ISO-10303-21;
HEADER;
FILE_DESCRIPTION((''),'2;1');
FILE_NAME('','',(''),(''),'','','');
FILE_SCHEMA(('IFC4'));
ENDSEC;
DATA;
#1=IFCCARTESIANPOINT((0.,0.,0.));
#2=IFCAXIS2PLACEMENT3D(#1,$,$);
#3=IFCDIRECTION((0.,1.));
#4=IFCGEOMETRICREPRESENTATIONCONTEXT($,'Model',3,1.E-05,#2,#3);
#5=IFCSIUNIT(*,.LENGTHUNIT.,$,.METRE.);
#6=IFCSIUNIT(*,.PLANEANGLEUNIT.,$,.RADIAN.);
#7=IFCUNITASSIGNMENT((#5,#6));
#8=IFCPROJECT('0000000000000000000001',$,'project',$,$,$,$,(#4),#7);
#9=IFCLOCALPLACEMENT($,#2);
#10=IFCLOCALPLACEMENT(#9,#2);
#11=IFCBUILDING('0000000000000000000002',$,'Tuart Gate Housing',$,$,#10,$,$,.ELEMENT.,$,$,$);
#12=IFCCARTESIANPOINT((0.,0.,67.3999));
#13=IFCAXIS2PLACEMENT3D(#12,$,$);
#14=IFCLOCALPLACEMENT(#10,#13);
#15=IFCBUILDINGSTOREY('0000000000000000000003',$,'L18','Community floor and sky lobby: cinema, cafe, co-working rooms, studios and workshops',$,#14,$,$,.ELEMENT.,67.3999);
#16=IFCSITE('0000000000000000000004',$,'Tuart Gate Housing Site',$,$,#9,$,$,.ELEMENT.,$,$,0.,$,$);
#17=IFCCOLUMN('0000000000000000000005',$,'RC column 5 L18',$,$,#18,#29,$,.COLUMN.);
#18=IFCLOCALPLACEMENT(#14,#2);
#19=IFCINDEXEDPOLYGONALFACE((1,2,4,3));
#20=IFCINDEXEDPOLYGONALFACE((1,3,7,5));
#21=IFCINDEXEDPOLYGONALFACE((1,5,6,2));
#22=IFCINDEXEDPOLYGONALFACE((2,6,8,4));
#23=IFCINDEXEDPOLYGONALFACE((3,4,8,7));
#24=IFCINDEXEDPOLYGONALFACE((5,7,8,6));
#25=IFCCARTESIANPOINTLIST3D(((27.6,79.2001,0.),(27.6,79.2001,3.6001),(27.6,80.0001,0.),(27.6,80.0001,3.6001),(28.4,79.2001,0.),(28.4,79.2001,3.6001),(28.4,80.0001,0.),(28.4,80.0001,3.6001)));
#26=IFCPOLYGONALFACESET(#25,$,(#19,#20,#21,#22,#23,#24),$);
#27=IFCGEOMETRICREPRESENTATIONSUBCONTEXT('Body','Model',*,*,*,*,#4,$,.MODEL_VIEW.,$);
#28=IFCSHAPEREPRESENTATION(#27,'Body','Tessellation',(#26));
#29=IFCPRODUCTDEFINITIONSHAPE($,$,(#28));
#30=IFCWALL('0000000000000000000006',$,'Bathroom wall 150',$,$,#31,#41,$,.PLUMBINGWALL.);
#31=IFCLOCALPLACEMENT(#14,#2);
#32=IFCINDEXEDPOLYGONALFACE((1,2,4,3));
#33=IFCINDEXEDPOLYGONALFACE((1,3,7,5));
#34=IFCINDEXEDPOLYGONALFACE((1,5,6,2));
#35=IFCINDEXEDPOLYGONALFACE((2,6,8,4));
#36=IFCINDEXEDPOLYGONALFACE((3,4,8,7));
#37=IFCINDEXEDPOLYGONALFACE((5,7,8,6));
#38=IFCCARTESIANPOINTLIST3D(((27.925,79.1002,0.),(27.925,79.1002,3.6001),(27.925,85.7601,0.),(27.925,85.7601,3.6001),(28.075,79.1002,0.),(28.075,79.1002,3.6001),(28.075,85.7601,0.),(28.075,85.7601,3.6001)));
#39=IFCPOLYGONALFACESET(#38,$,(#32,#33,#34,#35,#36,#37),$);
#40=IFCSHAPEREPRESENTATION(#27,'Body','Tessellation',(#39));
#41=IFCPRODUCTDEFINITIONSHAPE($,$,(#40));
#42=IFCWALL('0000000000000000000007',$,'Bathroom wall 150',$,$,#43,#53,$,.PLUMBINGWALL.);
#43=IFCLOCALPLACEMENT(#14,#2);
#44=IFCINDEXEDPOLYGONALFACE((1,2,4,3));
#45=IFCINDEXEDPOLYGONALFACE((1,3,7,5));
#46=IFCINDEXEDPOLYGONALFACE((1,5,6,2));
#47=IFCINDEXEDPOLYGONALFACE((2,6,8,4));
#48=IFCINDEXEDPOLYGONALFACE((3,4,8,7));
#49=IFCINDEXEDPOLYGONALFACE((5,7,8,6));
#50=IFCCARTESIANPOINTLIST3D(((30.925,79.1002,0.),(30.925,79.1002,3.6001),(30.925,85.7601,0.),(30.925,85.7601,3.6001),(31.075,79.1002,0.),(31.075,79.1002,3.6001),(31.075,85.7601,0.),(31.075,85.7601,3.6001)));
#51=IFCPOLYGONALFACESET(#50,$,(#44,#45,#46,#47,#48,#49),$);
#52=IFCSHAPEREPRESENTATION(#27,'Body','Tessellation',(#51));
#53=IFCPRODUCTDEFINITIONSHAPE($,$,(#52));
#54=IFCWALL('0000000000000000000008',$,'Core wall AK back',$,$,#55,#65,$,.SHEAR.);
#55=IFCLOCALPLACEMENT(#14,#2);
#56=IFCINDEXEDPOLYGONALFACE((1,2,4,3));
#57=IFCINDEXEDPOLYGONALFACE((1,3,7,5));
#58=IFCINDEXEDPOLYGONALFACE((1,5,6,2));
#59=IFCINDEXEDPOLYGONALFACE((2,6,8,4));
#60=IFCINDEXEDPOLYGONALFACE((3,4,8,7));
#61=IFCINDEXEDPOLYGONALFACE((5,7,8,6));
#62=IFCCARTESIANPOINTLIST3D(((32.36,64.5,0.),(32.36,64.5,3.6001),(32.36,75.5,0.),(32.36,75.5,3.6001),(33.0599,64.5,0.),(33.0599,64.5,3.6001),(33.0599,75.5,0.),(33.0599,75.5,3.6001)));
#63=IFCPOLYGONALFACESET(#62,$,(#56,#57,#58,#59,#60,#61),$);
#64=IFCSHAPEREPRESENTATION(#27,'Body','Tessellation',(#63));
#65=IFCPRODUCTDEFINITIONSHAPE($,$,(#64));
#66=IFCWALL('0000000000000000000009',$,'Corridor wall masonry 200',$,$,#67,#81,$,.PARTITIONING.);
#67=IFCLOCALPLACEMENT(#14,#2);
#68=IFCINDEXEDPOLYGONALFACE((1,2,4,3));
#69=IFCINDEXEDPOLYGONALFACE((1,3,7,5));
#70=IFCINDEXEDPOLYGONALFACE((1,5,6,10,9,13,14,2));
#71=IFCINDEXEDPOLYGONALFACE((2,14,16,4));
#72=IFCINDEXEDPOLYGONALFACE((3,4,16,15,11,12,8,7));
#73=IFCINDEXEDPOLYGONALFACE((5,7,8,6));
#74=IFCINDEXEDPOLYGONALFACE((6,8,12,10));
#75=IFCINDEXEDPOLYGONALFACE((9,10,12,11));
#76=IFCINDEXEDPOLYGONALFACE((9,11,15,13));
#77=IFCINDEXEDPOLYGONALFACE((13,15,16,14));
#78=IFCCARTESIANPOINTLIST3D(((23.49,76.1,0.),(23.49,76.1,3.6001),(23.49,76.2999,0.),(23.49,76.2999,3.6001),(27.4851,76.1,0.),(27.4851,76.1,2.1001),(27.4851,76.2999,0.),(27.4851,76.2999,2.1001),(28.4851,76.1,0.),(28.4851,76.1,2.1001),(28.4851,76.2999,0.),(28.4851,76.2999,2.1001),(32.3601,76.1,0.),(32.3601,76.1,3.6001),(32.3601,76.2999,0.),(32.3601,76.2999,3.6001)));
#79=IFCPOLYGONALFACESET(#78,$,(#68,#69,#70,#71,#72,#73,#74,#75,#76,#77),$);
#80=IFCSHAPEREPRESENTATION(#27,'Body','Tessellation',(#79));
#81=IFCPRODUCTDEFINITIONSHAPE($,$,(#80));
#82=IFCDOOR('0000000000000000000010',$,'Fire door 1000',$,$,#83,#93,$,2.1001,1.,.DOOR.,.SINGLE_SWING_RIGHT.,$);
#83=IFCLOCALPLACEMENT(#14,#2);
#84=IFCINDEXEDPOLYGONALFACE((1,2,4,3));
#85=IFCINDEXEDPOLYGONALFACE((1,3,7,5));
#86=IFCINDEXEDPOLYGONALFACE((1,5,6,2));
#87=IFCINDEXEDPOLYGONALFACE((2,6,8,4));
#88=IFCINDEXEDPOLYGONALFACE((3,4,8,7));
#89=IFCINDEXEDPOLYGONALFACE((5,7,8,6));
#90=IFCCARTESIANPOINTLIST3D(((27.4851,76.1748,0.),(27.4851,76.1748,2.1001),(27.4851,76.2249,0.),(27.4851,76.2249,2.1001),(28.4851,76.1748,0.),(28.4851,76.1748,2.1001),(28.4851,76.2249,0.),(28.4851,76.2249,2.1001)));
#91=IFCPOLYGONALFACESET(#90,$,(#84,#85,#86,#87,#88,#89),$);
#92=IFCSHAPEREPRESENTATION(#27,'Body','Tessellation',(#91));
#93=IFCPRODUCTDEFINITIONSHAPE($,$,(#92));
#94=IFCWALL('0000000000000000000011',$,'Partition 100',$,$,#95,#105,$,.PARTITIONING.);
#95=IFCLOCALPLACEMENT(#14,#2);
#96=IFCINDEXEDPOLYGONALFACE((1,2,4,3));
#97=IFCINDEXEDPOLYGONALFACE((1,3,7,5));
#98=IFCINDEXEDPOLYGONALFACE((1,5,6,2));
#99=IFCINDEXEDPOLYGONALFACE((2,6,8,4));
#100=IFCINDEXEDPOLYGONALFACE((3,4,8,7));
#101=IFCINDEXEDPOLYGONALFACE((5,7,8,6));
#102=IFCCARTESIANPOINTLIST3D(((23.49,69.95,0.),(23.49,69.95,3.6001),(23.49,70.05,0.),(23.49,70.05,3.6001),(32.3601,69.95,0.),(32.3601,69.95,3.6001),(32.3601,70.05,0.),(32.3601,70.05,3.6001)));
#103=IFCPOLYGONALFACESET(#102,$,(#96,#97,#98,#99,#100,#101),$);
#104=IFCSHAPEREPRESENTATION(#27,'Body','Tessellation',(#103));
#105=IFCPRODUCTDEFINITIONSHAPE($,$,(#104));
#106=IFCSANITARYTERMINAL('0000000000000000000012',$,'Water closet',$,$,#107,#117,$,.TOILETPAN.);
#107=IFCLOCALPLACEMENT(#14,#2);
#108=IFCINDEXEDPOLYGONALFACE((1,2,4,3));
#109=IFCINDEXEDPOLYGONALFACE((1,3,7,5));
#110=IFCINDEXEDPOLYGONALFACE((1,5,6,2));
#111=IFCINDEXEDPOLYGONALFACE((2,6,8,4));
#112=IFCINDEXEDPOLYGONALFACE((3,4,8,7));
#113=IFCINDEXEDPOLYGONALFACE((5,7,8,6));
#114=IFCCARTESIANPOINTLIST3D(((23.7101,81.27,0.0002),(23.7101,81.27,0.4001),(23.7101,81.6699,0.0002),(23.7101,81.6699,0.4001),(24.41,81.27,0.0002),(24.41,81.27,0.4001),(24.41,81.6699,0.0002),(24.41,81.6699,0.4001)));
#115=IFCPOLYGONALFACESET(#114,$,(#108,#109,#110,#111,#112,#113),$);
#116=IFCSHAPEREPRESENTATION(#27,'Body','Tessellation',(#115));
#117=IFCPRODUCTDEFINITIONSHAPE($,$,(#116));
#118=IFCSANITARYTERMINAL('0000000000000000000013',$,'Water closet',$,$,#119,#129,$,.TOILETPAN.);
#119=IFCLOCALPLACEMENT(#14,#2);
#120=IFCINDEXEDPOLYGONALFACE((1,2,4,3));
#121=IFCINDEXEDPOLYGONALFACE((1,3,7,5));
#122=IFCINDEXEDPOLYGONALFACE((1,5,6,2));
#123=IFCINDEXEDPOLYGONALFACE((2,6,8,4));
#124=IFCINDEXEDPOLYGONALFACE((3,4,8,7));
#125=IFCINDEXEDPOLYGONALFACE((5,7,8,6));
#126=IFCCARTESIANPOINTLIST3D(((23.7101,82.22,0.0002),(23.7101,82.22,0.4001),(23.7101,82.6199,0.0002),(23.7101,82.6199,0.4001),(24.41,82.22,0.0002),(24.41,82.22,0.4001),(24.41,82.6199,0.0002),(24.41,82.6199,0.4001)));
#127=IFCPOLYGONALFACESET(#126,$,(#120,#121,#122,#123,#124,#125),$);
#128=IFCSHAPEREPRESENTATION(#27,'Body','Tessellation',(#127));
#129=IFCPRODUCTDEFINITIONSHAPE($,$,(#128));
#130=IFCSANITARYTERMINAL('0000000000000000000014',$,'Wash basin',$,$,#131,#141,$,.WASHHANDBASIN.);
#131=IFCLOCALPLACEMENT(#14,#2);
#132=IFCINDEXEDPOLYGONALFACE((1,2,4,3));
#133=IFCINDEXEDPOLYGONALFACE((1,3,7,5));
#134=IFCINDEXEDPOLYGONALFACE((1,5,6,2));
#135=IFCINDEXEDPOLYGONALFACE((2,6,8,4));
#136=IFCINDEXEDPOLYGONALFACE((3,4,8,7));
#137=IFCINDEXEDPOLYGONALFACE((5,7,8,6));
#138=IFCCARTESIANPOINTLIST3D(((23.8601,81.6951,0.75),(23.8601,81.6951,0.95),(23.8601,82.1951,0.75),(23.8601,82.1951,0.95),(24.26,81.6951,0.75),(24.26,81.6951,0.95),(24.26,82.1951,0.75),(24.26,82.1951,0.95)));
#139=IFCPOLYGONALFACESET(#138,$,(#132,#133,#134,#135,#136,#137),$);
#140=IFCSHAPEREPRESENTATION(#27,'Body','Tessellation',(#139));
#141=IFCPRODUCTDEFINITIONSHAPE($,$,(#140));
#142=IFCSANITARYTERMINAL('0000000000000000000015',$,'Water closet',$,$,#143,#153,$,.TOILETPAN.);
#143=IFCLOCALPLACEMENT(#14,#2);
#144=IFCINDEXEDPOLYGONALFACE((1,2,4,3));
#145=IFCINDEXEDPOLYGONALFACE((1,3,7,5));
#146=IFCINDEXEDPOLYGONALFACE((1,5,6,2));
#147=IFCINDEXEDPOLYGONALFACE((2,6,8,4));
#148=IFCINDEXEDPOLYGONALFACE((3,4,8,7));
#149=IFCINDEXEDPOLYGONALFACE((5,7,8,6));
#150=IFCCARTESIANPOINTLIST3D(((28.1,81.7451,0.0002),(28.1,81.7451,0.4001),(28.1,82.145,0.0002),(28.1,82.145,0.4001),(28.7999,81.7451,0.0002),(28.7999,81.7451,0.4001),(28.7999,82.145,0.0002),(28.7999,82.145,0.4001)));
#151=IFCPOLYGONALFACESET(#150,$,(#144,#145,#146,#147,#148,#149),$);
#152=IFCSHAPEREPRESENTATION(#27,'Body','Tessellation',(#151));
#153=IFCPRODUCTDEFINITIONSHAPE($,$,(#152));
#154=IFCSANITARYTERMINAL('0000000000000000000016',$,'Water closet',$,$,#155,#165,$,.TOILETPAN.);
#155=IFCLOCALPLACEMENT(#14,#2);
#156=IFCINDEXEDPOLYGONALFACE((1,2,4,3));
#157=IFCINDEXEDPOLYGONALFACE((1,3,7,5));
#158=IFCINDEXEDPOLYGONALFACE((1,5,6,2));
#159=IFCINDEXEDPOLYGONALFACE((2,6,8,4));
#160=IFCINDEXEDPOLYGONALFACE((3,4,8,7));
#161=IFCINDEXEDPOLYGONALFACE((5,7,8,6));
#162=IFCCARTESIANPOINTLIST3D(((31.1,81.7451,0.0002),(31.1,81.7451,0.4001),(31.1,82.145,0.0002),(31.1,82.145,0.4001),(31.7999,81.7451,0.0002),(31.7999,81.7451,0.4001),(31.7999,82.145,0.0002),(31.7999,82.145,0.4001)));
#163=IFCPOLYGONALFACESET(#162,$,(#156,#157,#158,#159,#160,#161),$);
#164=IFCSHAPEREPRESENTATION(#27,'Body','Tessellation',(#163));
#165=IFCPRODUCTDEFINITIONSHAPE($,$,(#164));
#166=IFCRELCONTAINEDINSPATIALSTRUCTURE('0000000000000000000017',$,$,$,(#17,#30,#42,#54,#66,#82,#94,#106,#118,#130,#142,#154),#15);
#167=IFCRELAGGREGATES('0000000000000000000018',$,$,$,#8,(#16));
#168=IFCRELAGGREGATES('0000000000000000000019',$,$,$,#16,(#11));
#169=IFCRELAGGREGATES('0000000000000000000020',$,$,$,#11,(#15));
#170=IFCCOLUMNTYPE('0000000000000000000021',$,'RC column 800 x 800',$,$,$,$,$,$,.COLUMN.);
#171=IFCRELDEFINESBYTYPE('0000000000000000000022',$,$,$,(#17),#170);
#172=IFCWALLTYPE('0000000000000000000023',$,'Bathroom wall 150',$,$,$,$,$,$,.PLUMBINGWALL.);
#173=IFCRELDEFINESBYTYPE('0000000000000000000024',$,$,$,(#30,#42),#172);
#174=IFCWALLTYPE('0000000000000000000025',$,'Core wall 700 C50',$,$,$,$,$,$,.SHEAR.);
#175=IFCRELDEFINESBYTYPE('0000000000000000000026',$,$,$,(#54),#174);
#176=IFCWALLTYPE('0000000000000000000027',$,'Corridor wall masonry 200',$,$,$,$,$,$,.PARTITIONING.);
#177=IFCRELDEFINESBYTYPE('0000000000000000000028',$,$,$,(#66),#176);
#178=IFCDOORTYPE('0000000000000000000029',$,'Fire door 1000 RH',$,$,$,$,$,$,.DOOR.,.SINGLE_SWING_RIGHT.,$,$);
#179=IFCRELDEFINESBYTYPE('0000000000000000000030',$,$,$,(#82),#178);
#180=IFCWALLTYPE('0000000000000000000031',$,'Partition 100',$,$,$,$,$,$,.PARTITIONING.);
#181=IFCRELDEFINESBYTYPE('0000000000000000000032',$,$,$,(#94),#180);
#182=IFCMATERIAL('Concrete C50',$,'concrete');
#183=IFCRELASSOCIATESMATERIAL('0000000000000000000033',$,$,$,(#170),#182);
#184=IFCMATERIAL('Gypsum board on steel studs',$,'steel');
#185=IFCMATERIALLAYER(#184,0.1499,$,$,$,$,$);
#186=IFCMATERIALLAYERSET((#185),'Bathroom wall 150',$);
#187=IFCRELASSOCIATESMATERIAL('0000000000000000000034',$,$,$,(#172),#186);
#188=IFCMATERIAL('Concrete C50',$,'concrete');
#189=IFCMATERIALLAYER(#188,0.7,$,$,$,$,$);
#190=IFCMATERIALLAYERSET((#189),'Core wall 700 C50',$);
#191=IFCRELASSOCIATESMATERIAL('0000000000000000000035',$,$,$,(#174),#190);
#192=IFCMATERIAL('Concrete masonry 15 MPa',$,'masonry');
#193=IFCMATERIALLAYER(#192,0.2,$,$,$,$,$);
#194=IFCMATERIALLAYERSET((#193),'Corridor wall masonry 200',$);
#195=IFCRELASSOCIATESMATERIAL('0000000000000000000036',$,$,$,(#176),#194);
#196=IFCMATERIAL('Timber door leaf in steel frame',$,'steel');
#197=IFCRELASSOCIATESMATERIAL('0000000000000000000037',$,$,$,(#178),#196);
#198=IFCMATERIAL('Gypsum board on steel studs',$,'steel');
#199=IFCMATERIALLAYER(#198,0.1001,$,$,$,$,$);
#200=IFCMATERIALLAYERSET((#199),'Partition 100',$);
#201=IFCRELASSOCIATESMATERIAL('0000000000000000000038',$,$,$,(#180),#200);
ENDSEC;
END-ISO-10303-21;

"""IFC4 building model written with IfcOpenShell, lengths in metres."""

from ifc_helpers import new_model, si_unit, direction, frame, frame_2d, origin, origin_2d, place, context, subcontext, project, spatial, rectangle, extrude, material, layer, layer_set, material_profile, profile_set, type_object, element, fill, save


model = new_model("IFC4")

# Units and contexts
model_context = context("Model", 3, precision=1e-05, world=origin(), true_north=direction((0.0, 1.0)))
body_context = subcontext(model_context, "Body", "Model", "MODEL_VIEW")
ifc_project = project(units=[si_unit("LENGTHUNIT", "METRE"), si_unit("PLANEANGLEUNIT", "RADIAN")], contexts=[model_context])

# Site, building, storey
site_placement = place(None, origin())
site = spatial("IfcSite", under=ifc_project, at=site_placement, Name="Tuart Gate Housing Site", CompositionType="ELEMENT", RefElevation=0.0)
building_placement = place(site_placement, origin())
building = spatial("IfcBuilding", under=site, at=building_placement, Name="Tuart Gate Housing", CompositionType="ELEMENT")
storey_placement = place(building_placement, frame((0.0, 0.0, 67.3999)))
storey = spatial("IfcBuildingStorey", under=building, at=storey_placement, Name="L18", Description="Community floor and sky lobby: cinema, cafe, co-working rooms, studios and workshops", CompositionType="ELEMENT", Elevation=67.3999)

# Column
ifc_material_1 = material(Name="Concrete C50", Category="concrete")
ifc_material_profile = material_profile(ifc_material_1, rectangle(XDim=0.8, YDim=0.8, at=origin_2d()), Name="RC column 800 x 800")
ifc_profile_set = profile_set([ifc_material_profile], Name="Concrete C50")
column_type = type_object("IfcColumnType", Name="RC column 800 x 800", PredefinedType="COLUMN", material=ifc_profile_set)
column_placement = place(storey_placement, frame((28.0, 79.6001, 0.0), z_axis=(0.0, 0.0, 1.0), x_axis=(1.0, 0.0, 0.0)))
element("IfcColumn", 1, at=column_placement, inside=storey, type_object=column_type, Name="RC column 5 L18", PredefinedType="COLUMN", context=body_context, shape_type="SweptSolid", body=[
    extrude(rectangle(XDim=0.8, YDim=0.8, at=origin_2d()), origin(), (0.0, 0.0, 1.0), 3.6001),
])

# Walls
ifc_material_2 = material(Name="Gypsum board on steel studs", Category="steel")
ifc_layer_1 = layer(ifc_material_2, 0.1499)
ifc_layer_set_1 = layer_set([ifc_layer_1], Name="Bathroom wall 150")
wall_type_1 = type_object("IfcWallType", Name="Bathroom wall 150", PredefinedType="PLUMBINGWALL", material=ifc_layer_set_1)
for number, where, z_axis, x_axis, name in (
    (2, (28.0, 79.1001, 0.0), (0.0, 0.0, 1.0), (0.0, 1.0, 0.0), "Bathroom wall 150"),
    (3, (31.0, 79.1001, 0.0), (0.0, 0.0, 1.0), (0.0, 1.0, 0.0), "Bathroom wall 150"),
):
    element("IfcWall", number, at=place(storey_placement, frame(where, z_axis=z_axis, x_axis=x_axis)), inside=storey, type_object=wall_type_1, Name=name, PredefinedType="PLUMBINGWALL", context=body_context, shape_type="SweptSolid", body=[
        extrude(rectangle(XDim=6.6599, YDim=0.1499, at=frame_2d((3.3301, 0.0))), origin(), (0.0, 0.0, 1.0), 3.6001),
    ])
ifc_material_3 = material(Name="Concrete C50", Category="concrete")
ifc_layer_2 = layer(ifc_material_3, 0.7)
ifc_layer_set_2 = layer_set([ifc_layer_2], Name="Core wall 700 C50")
wall_type_2 = type_object("IfcWallType", Name="Core wall 700 C50", PredefinedType="SHEAR", material=ifc_layer_set_2)
wall_1_placement = place(storey_placement, frame((32.71, 75.5, 0.0), z_axis=(0.0, 0.0, 1.0), x_axis=(0.0, -1.0, 0.0)))
element("IfcWall", 4, at=wall_1_placement, inside=storey, type_object=wall_type_2, Name="Core wall AK back", PredefinedType="SHEAR", context=body_context, shape_type="SweptSolid", body=[
    extrude(rectangle(XDim=11.0, YDim=0.7, at=frame_2d((5.5, 0.0))), origin(), (0.0, 0.0, 1.0), 3.6001),
])

# Wall, opening, door
ifc_material_4 = material(Name="Concrete masonry 15 MPa", Category="masonry")
ifc_layer_3 = layer(ifc_material_4, 0.2)
ifc_layer_set_3 = layer_set([ifc_layer_3], Name="Corridor wall masonry 200")
wall_type_3 = type_object("IfcWallType", Name="Corridor wall masonry 200", PredefinedType="PARTITIONING", material=ifc_layer_set_3)
wall_2_placement = place(storey_placement, frame((23.49, 76.2, 0.0), z_axis=(0.0, 0.0, 1.0), x_axis=(1.0, 0.0, 0.0)))
wall_2 = element("IfcWall", 5, at=wall_2_placement, inside=storey, type_object=wall_type_3, Name="Corridor wall masonry 200", PredefinedType="PARTITIONING", context=body_context, shape_type="SweptSolid", body=[
    extrude(rectangle(XDim=8.8701, YDim=0.2, at=frame_2d((4.4351, 0.0))), origin(), (0.0, 0.0, 1.0), 3.6001),
])
opening_1_placement = place(wall_2_placement, frame((3.9951, 0.0, 0.0)))
opening_1 = element("IfcOpeningElement", 6, at=opening_1_placement, cuts=wall_2, PredefinedType="OPENING", context=body_context, shape_type="SweptSolid", body=[
    extrude(rectangle(XDim=1.0, YDim=2.1001, at=frame_2d((0.5, 1.05))), frame((0.0, 0.1099, 0.0), z_axis=(0.0, -1.0, 0.0), x_axis=(1.0, 0.0, 0.0)), (0.0, 0.0, 1.0), 0.22),
])
ifc_material_5 = material(Name="Timber door leaf in steel frame", Category="steel")
door_type_1 = type_object("IfcDoorType", Name="Fire door 1000 RH", OperationType="SINGLE_SWING_RIGHT", PredefinedType="DOOR", material=ifc_material_5)
door_1_placement = place(opening_1_placement, frame((1.0, 0.0, 0.0), z_axis=(0.0, 0.0, 1.0), x_axis=(-1.0, 0.0, 0.0)))
door_1 = element("IfcDoor", 7, at=door_1_placement, inside=storey, type_object=door_type_1, Name="Fire door 1000", OperationType="SINGLE_SWING_RIGHT", OverallHeight=2.1001, OverallWidth=1.0, PredefinedType="DOOR", context=body_context, shape_type="SweptSolid", body=[
    extrude(rectangle(XDim=1.0, YDim=2.1001, at=frame_2d((0.5, 1.05))), frame((0.0, 0.0251, 0.0), z_axis=(0.0, -1.0, 0.0), x_axis=(1.0, 0.0, 0.0)), (0.0, 0.0, 1.0), 0.05),
])
fill(opening_1, door_1)

# Wall
ifc_material_6 = material(Name="Gypsum board on steel studs", Category="steel")
ifc_layer_4 = layer(ifc_material_6, 0.1001)
ifc_layer_set_4 = layer_set([ifc_layer_4], Name="Partition 100")
wall_type_4 = type_object("IfcWallType", Name="Partition 100", PredefinedType="PARTITIONING", material=ifc_layer_set_4)
wall_3_placement = place(storey_placement, frame((23.49, 70.0, 0.0), z_axis=(0.0, 0.0, 1.0), x_axis=(1.0, 0.0, 0.0)))
element("IfcWall", 8, at=wall_3_placement, inside=storey, type_object=wall_type_4, Name="Partition 100", PredefinedType="PARTITIONING", context=body_context, shape_type="SweptSolid", body=[
    extrude(rectangle(XDim=8.8701, YDim=0.1001, at=frame_2d((4.4351, 0.0))), origin(), (0.0, 0.0, 1.0), 3.6001),
])

# Sanitary terminals
for number, where, z_axis, x_axis, name in (
    (9, (24.0601, 81.47, 0.0002), (0.0, 0.0, 1.0), (1.0, 0.0, 0.0), "Water closet"),
    (10, (24.0601, 82.4199, 0.0002), (0.0, 0.0, 1.0), (1.0, 0.0, 0.0), "Water closet"),
):
    element("IfcSanitaryTerminal", number, at=place(storey_placement, frame(where, z_axis=z_axis, x_axis=x_axis)), inside=storey, Name=name, PredefinedType="TOILETPAN", context=body_context, shape_type="SweptSolid", body=[
        extrude(rectangle(XDim=0.7, YDim=0.3999, at=origin_2d()), origin(), (0.0, 0.0, 1.0), 0.3999),
    ])
sanitary_terminal_placement = place(storey_placement, frame((24.0601, 81.9451, 0.75), z_axis=(0.0, 0.0, 1.0), x_axis=(1.0, 0.0, 0.0)))
element("IfcSanitaryTerminal", 11, at=sanitary_terminal_placement, inside=storey, Name="Wash basin", PredefinedType="WASHHANDBASIN", context=body_context, shape_type="SweptSolid", body=[
    extrude(rectangle(XDim=0.3999, YDim=0.5, at=origin_2d()), origin(), (0.0, 0.0, 1.0), 0.2),
])
for number, where, z_axis, x_axis, name in (
    (12, (28.45, 81.9451, 0.0002), (0.0, 0.0, 1.0), (1.0, 0.0, 0.0), "Water closet"),
    (13, (31.45, 81.9451, 0.0002), (0.0, 0.0, 1.0), (1.0, 0.0, 0.0), "Water closet"),
):
    element("IfcSanitaryTerminal", number, at=place(storey_placement, frame(where, z_axis=z_axis, x_axis=x_axis)), inside=storey, Name=name, PredefinedType="TOILETPAN", context=body_context, shape_type="SweptSolid", body=[
        extrude(rectangle(XDim=0.7, YDim=0.3999, at=origin_2d()), origin(), (0.0, 0.0, 1.0), 0.3999),
    ])

save(model, "model.ifc")
